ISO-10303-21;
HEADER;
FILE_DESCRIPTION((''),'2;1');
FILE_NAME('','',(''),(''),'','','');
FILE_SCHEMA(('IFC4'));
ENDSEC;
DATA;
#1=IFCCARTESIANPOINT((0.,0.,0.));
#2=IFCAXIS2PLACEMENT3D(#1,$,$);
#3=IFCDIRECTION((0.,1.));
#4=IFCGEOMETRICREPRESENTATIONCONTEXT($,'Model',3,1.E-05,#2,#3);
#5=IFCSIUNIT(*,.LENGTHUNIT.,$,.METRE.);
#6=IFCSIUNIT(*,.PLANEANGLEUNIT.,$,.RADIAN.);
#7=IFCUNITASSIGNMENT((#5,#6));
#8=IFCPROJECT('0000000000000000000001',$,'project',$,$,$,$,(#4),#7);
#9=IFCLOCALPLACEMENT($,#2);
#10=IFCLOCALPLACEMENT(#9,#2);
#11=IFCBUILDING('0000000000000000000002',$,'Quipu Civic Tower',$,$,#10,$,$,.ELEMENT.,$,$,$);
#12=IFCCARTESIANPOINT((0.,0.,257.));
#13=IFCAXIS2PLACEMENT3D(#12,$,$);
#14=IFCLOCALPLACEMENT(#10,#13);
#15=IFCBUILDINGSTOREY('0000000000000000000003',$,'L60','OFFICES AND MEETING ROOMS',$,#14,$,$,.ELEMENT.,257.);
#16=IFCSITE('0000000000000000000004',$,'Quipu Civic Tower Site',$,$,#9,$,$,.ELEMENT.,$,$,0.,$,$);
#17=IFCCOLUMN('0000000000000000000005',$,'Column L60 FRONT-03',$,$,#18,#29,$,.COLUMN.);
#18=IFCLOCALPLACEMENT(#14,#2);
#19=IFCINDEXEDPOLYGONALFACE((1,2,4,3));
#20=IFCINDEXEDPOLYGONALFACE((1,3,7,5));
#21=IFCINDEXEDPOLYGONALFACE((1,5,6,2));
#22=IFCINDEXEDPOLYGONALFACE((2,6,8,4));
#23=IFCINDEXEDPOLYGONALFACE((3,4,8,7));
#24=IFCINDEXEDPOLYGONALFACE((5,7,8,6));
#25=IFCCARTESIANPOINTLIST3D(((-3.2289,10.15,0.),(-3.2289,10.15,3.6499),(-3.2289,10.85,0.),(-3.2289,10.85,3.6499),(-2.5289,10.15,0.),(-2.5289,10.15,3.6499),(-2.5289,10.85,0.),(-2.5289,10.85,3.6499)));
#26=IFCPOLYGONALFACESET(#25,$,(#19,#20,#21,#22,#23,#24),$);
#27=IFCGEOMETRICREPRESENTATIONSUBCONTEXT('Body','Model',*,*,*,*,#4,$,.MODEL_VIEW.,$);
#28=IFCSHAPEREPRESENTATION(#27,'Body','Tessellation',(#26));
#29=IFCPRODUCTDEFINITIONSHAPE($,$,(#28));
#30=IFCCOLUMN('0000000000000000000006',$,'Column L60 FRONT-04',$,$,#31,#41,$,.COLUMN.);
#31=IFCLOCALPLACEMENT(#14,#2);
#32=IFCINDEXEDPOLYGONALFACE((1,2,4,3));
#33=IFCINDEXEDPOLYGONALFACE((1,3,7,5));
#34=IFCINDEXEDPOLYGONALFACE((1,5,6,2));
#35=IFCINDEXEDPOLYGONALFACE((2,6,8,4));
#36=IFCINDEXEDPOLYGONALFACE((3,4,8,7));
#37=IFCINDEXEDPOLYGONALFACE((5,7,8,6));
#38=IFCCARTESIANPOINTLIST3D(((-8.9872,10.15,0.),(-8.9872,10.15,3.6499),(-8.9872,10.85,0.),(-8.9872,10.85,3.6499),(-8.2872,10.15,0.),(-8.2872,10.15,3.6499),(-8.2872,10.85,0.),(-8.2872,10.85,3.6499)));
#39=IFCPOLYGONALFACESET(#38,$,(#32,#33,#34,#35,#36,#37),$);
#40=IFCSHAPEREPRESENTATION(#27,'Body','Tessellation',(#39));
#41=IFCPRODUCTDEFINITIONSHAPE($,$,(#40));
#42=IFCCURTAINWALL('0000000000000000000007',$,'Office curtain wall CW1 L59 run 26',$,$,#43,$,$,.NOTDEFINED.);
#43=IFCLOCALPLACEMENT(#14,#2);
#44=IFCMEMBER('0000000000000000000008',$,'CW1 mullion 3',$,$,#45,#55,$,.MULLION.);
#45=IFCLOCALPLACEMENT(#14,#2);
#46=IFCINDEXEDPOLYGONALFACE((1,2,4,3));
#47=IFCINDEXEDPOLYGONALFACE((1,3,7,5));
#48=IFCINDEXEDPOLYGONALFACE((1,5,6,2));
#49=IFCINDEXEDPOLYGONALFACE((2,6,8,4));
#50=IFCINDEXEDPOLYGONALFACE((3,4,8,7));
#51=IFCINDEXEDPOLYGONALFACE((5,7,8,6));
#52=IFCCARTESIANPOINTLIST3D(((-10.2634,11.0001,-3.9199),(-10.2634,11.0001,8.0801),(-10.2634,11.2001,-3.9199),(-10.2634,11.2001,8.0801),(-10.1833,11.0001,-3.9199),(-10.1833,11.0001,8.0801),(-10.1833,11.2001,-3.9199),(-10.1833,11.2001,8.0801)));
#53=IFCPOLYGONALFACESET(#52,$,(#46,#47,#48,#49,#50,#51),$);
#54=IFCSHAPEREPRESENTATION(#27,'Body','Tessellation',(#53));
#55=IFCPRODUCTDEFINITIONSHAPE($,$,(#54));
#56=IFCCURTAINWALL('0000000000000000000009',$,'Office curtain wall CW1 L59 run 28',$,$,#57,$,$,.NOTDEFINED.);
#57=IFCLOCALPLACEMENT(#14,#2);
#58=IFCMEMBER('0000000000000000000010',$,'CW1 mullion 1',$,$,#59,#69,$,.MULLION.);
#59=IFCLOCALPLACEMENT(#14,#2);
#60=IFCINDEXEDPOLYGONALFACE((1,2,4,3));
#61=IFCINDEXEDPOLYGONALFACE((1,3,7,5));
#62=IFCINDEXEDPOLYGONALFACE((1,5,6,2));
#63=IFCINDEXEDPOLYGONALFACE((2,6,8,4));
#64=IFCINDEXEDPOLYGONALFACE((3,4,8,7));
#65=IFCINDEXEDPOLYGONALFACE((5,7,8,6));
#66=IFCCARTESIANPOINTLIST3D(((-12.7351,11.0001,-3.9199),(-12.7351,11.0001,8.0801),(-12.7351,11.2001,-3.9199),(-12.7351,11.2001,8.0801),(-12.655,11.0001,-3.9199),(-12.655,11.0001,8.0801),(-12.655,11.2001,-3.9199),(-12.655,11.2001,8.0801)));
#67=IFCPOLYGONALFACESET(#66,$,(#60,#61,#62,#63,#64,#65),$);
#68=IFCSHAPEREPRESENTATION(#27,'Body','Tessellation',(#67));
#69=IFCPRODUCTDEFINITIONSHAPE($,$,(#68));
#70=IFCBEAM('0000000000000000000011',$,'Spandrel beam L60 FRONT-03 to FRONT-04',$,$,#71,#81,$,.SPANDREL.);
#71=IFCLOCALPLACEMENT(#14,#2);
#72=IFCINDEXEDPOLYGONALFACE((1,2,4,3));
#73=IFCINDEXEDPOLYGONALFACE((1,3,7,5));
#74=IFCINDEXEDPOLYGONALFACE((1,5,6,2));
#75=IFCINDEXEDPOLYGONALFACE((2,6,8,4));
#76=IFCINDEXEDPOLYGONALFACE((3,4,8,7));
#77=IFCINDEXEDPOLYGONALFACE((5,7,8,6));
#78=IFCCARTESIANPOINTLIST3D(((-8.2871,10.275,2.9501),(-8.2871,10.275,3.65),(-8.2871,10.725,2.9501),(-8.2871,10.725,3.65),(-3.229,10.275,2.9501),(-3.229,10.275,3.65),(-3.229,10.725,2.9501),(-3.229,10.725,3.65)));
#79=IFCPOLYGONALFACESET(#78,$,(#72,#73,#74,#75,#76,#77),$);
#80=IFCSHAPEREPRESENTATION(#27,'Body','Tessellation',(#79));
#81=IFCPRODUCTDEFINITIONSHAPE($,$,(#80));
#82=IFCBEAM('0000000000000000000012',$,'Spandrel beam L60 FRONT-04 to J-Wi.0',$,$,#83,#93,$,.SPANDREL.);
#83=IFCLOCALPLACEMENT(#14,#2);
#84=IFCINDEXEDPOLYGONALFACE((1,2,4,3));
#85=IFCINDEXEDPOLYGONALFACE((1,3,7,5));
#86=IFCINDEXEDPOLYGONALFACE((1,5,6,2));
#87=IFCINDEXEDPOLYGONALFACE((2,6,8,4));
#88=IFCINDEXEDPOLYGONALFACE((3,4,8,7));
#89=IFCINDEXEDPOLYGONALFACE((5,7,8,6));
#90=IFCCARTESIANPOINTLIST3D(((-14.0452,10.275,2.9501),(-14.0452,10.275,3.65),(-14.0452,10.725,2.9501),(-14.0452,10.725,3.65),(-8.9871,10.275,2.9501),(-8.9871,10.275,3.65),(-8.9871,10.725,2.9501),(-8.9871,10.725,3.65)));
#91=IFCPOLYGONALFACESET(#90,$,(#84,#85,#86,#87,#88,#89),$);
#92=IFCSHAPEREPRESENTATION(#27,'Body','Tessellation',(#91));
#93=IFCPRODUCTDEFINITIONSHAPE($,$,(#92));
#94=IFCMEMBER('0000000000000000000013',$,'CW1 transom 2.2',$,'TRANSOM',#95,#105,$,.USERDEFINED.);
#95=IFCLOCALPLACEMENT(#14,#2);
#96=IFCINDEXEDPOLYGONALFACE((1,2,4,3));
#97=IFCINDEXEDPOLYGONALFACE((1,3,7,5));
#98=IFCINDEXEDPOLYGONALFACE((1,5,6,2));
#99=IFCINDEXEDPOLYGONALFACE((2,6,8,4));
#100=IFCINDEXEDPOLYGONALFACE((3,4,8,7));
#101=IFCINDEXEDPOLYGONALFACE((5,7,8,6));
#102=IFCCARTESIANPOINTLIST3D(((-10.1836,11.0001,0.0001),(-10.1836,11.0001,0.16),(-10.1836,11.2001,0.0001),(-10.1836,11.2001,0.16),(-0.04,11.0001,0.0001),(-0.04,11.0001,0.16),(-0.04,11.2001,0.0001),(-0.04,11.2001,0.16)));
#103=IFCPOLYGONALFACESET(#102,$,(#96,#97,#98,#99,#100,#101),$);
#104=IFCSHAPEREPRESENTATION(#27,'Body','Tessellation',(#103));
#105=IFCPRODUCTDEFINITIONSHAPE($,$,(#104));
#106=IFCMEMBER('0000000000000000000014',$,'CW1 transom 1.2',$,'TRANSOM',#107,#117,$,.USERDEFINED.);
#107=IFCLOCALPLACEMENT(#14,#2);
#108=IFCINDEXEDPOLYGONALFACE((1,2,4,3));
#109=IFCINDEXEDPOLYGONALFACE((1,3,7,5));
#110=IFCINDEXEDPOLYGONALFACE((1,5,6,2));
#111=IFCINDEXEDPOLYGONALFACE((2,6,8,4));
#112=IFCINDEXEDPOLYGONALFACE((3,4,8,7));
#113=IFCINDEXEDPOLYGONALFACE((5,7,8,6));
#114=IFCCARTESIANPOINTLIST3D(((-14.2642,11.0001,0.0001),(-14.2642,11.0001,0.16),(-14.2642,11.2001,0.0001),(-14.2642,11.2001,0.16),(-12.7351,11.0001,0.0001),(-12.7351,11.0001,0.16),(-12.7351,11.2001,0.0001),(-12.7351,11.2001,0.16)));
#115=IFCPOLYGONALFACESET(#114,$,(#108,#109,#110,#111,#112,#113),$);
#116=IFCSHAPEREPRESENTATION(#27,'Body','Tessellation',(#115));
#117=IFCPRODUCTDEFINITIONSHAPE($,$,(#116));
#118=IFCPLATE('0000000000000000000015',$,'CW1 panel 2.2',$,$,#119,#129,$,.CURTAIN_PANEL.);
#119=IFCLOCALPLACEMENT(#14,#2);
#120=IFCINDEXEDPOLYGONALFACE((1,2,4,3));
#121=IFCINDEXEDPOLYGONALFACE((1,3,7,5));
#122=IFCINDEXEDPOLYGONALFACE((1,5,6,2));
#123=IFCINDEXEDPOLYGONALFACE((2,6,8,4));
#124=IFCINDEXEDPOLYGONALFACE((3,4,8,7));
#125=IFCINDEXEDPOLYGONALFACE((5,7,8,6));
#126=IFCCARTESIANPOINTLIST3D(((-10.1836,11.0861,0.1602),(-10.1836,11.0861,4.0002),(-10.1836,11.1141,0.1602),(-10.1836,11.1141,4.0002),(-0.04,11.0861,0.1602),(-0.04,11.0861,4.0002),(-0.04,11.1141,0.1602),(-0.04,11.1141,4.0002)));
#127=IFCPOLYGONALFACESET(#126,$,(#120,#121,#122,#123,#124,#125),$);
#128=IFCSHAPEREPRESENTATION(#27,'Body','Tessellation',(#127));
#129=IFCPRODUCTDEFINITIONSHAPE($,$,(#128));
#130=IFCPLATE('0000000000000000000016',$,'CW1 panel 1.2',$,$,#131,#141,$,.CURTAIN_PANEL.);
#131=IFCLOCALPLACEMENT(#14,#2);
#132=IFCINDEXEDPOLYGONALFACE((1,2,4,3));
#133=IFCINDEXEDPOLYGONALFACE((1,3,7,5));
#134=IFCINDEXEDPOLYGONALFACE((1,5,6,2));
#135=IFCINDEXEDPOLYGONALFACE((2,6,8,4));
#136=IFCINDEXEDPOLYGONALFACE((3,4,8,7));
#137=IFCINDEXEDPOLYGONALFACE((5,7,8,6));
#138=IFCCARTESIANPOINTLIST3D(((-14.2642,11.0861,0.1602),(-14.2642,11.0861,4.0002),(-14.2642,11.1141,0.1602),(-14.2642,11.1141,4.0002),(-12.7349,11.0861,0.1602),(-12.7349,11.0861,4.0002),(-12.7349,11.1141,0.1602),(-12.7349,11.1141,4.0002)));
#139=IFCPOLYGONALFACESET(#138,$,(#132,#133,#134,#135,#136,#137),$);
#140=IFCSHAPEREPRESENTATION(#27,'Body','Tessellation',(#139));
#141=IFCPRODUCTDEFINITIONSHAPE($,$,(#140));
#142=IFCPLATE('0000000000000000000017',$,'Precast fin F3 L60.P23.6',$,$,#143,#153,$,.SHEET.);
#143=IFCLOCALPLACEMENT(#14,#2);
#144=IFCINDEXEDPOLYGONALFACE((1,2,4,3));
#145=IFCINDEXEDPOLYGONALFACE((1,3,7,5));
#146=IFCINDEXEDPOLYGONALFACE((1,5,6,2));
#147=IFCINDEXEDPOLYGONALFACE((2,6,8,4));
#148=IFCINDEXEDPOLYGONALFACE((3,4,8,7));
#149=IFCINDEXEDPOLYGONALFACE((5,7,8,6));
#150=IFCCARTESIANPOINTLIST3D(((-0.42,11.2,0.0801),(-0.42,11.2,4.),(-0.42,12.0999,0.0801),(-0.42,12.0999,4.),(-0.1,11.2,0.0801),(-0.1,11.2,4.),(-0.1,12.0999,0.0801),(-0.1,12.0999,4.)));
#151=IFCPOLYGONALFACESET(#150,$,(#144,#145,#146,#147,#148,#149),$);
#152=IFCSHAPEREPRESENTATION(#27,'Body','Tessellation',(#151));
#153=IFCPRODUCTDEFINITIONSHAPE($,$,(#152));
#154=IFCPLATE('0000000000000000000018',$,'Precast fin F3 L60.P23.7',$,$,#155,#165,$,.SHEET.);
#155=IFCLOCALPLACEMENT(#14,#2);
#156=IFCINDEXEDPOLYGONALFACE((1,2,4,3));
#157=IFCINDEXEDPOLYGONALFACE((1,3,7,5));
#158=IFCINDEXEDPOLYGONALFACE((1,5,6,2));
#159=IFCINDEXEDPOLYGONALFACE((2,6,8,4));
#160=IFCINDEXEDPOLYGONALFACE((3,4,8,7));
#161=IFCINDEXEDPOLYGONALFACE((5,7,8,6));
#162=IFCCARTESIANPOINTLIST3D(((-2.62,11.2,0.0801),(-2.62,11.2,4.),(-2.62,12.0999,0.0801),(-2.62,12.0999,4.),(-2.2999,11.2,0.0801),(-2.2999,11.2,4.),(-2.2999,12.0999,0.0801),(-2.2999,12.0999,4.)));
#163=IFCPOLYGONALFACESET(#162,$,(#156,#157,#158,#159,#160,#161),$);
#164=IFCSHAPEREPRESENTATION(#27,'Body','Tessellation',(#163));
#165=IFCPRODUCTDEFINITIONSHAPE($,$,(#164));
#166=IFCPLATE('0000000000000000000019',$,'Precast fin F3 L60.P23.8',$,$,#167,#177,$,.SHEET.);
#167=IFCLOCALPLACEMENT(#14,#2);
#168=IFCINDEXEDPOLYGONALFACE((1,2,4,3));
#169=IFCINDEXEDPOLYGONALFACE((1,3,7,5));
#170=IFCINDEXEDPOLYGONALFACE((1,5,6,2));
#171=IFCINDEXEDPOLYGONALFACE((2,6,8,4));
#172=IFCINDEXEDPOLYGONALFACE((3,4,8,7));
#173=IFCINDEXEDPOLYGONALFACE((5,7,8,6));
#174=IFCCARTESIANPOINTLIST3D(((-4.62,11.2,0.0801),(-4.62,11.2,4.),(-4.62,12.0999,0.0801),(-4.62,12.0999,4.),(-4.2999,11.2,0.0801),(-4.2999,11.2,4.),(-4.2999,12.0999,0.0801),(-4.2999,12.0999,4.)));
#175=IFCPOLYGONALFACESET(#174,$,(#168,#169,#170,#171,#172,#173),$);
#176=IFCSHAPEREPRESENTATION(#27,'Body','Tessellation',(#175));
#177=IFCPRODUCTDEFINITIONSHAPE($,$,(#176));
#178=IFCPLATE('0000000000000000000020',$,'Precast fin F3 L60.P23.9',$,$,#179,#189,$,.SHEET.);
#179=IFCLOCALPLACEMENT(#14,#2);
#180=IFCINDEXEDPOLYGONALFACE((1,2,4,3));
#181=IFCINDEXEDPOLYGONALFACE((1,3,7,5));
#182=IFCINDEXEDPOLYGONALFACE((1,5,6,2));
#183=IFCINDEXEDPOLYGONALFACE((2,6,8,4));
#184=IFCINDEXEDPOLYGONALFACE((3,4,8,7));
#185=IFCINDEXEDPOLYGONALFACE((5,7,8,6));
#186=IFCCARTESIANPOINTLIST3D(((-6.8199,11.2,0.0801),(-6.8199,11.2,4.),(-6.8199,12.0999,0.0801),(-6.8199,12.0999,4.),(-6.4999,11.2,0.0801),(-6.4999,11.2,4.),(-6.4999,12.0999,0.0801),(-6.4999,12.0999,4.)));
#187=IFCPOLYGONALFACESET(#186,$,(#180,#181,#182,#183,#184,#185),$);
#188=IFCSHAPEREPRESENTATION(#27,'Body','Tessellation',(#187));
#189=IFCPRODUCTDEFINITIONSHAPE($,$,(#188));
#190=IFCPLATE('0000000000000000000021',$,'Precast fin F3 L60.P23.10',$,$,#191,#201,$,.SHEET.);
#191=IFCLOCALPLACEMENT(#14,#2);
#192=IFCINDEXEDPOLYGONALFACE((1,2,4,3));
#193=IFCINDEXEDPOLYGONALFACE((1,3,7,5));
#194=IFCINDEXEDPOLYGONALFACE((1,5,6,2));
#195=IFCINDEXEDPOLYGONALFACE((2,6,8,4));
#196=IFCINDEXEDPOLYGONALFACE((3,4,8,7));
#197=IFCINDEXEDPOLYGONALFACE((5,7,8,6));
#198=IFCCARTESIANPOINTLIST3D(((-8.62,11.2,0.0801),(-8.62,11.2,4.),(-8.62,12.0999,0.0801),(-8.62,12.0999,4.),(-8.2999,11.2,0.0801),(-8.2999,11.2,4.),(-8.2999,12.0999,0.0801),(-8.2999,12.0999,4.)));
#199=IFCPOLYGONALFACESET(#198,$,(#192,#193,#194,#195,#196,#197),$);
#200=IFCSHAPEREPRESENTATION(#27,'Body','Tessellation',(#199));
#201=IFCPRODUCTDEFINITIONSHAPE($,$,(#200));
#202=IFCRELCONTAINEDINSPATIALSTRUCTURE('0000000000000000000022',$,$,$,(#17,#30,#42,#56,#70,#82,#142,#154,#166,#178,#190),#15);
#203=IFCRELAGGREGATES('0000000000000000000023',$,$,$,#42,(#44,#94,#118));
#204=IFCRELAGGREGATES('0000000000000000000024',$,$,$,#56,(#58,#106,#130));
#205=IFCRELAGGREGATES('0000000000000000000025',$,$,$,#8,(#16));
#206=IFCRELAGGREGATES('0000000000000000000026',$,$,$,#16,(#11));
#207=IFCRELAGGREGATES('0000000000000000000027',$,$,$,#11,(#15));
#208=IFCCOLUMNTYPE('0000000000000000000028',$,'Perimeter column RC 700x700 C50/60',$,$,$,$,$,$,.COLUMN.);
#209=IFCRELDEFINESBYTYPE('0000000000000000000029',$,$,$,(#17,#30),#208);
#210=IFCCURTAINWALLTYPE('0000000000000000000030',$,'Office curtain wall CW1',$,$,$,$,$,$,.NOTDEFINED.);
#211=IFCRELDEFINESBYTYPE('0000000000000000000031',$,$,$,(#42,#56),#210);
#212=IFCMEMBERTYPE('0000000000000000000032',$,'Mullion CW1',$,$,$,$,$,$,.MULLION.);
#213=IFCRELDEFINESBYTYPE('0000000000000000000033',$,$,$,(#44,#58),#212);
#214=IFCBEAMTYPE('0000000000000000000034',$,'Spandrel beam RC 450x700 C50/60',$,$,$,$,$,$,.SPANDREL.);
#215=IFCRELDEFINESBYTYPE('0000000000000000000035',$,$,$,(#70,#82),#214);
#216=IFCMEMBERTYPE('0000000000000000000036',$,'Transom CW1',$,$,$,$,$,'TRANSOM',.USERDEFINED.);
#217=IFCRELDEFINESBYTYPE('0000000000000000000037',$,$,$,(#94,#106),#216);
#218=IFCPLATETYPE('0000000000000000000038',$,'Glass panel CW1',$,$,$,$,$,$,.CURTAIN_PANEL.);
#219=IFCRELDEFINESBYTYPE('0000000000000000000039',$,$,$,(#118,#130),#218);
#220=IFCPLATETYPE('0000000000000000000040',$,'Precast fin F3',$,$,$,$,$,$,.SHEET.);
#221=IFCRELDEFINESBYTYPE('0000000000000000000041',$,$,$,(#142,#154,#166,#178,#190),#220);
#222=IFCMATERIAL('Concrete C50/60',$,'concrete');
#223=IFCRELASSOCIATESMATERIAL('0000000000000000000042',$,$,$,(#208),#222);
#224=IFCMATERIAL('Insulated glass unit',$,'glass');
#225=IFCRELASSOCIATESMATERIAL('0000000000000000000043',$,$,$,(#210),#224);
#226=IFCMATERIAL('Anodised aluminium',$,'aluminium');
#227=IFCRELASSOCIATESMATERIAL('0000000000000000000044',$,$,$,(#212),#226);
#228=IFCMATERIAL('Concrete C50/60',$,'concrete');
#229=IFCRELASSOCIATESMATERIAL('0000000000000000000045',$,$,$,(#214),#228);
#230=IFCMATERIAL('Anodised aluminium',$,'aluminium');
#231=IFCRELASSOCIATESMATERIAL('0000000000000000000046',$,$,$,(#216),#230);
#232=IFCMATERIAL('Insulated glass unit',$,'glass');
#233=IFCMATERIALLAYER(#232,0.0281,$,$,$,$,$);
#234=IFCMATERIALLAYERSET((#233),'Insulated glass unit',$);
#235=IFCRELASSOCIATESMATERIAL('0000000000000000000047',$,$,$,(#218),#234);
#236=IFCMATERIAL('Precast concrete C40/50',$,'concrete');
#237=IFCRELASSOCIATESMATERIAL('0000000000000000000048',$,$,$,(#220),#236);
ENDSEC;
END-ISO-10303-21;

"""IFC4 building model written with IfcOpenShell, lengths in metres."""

from ifc_helpers import new_model, si_unit, direction, frame, origin, origin_2d, place, context, subcontext, project, spatial, rectangle, extrude, material, layer, layer_set, material_profile, profile_set, type_object, element, aggregate, save


model = new_model("IFC4")

# Units and contexts
model_context = context("Model", 3, precision=1e-05, world=origin(), true_north=direction((0.0, 1.0)))
body_context = subcontext(model_context, "Body", "Model", "MODEL_VIEW")
ifc_project = project(units=[si_unit("LENGTHUNIT", "METRE"), si_unit("PLANEANGLEUNIT", "RADIAN")], contexts=[model_context])

# Site, building, storey
site_placement = place(None, origin())
site = spatial("IfcSite", under=ifc_project, at=site_placement, Name="Quipu Civic Tower Site", CompositionType="ELEMENT", RefElevation=0.0)
building_placement = place(site_placement, origin())
building = spatial("IfcBuilding", under=site, at=building_placement, Name="Quipu Civic Tower", CompositionType="ELEMENT")
storey_placement = place(building_placement, frame((0.0, 0.0, 257.0)))
storey = spatial("IfcBuildingStorey", under=building, at=storey_placement, Name="L60", Description="OFFICES AND MEETING ROOMS", CompositionType="ELEMENT", Elevation=257.0)

# Columns
ifc_material_1 = material(Name="Concrete C50/60", Category="concrete")
ifc_material_profile_1 = material_profile(ifc_material_1, rectangle(XDim=0.7, YDim=0.7, at=origin_2d()), Name="RC700x700")
ifc_profile_set_1 = profile_set([ifc_material_profile_1], Name="Concrete C50/60")
column_type = type_object("IfcColumnType", Name="Perimeter column RC 700x700 C50/60", PredefinedType="COLUMN", material=ifc_profile_set_1)
for number, where, z_axis, x_axis, name in (
    (1, (-2.8789, 10.5, 0.0), (0.0, 0.0, 1.0), (-1.0, 0.0, 0.0), "Column L60 FRONT-03"),
    (2, (-8.6372, 10.5, 0.0), (0.0, 0.0, 1.0), (-1.0, 0.0, 0.0), "Column L60 FRONT-04"),
):
    element("IfcColumn", number, at=place(storey_placement, frame(where, z_axis=z_axis, x_axis=x_axis)), inside=storey, type_object=column_type, Name=name, PredefinedType="COLUMN", context=body_context, shape_type="SweptSolid", body=[
        extrude(rectangle(XDim=0.7, YDim=0.7, at=origin_2d()), origin(), (0.0, 0.0, 1.0), 3.6499),
    ])

# Curtain walls, members
ifc_material_2 = material(Name="Insulated glass unit", Category="glass")
curtain_wall_type = type_object("IfcCurtainWallType", Name="Office curtain wall CW1", PredefinedType="NOTDEFINED", material=ifc_material_2)
curtain_wall_1_placement = place(storey_placement, origin())
curtain_wall_1 = element("IfcCurtainWall", 3, at=curtain_wall_1_placement, inside=storey, type_object=curtain_wall_type, Name="Office curtain wall CW1 L59 run 26", PredefinedType="NOTDEFINED")
ifc_material_3 = material(Name="Anodised aluminium", Category="aluminium")
ifc_material_profile_2 = material_profile(ifc_material_3, rectangle(XDim=0.2, YDim=0.0801, at=origin_2d()), Name="RECT 200x80")
ifc_profile_set_2 = profile_set([ifc_material_profile_2], Name="Anodised aluminium")
member_type_1 = type_object("IfcMemberType", Name="Mullion CW1", PredefinedType="MULLION", material=ifc_profile_set_2)
member_1_placement = place(storey_placement, frame((-10.2234, 11.1001, -3.9199), z_axis=(0.0, 0.0, 1.0), x_axis=(0.0, -1.0, 0.0)))
member_1 = element("IfcMember", 4, at=member_1_placement, type_object=member_type_1, Name="CW1 mullion 3", PredefinedType="MULLION", context=body_context, shape_type="SweptSolid", body=[
    extrude(rectangle(XDim=0.2, YDim=0.0801, at=origin_2d()), origin(), (0.0, 0.0, 1.0), 12.0),
])
curtain_wall_2_placement = place(storey_placement, origin())
curtain_wall_2 = element("IfcCurtainWall", 5, at=curtain_wall_2_placement, inside=storey, type_object=curtain_wall_type, Name="Office curtain wall CW1 L59 run 28", PredefinedType="NOTDEFINED")
member_2_placement = place(storey_placement, frame((-12.6951, 11.1001, -3.9199), z_axis=(0.0, 0.0, 1.0), x_axis=(0.0, -1.0, 0.0)))
member_2 = element("IfcMember", 6, at=member_2_placement, type_object=member_type_1, Name="CW1 mullion 1", PredefinedType="MULLION", context=body_context, shape_type="SweptSolid", body=[
    extrude(rectangle(XDim=0.2, YDim=0.0801, at=origin_2d()), origin(), (0.0, 0.0, 1.0), 12.0),
])

# Beams
ifc_material_4 = material(Name="Concrete C50/60", Category="concrete")
ifc_material_profile_3 = material_profile(ifc_material_4, rectangle(XDim=0.45, YDim=0.7, at=origin_2d()), Name="RC450x700")
ifc_profile_set_3 = profile_set([ifc_material_profile_3], Name="Concrete C50/60")
beam_type = type_object("IfcBeamType", Name="Spandrel beam RC 450x700 C50/60", PredefinedType="SPANDREL", material=ifc_profile_set_3)
for number, where, z_axis, x_axis, name in (
    (7, (-3.229, 10.5, 3.3), (-1.0, 0.0, 0.0), (0.0, -1.0, 0.0), "Spandrel beam L60 FRONT-03 to FRONT-04"),
    (8, (-8.9871, 10.5, 3.3), (-1.0, 0.0, 0.0), (0.0, -1.0, 0.0), "Spandrel beam L60 FRONT-04 to J-Wi.0"),
):
    element("IfcBeam", number, at=place(storey_placement, frame(where, z_axis=z_axis, x_axis=x_axis)), inside=storey, type_object=beam_type, Name=name, PredefinedType="SPANDREL", context=body_context, shape_type="SweptSolid", body=[
        extrude(rectangle(XDim=0.45, YDim=0.7, at=origin_2d()), origin(), (0.0, 0.0, 1.0), 5.0581),
    ])

# Members
ifc_material_5 = material(Name="Anodised aluminium", Category="aluminium")
ifc_material_profile_4 = material_profile(ifc_material_5, rectangle(XDim=0.2, YDim=0.1599, at=origin_2d()), Name="RECT 200x160")
ifc_profile_set_4 = profile_set([ifc_material_profile_4], Name="Anodised aluminium")
member_type_2 = type_object("IfcMemberType", Name="Transom CW1", ElementType="TRANSOM", PredefinedType="USERDEFINED", material=ifc_profile_set_4)
member_3_placement = place(storey_placement, frame((-0.04, 11.1001, 0.0801), z_axis=(-1.0, 0.0, 0.0), x_axis=(0.0, -1.0, 0.0)))
member_3 = element("IfcMember", 9, at=member_3_placement, type_object=member_type_2, Name="CW1 transom 2.2", ObjectType="TRANSOM", PredefinedType="USERDEFINED", context=body_context, shape_type="SweptSolid", body=[
    extrude(rectangle(XDim=0.2, YDim=0.1599, at=origin_2d()), origin(), (0.0, 0.0, 1.0), 10.1436),
])
member_4_placement = place(storey_placement, frame((-12.7351, 11.1001, 0.0801), z_axis=(-1.0, 0.0, 0.0), x_axis=(0.0, -1.0, 0.0)))
member_4 = element("IfcMember", 10, at=member_4_placement, type_object=member_type_2, Name="CW1 transom 1.2", ObjectType="TRANSOM", PredefinedType="USERDEFINED", context=body_context, shape_type="SweptSolid", body=[
    extrude(rectangle(XDim=0.2, YDim=0.1599, at=origin_2d()), origin(), (0.0, 0.0, 1.0), 1.5291),
])

# Plates
ifc_material_6 = material(Name="Insulated glass unit", Category="glass")
ifc_layer_1 = layer(ifc_material_6, 0.0281)
ifc_layer_set_1 = layer_set([ifc_layer_1], Name="Insulated glass unit")
plate_type_1 = type_object("IfcPlateType", Name="Glass panel CW1", PredefinedType="CURTAIN_PANEL", material=ifc_layer_set_1)
plate_1_placement = place(storey_placement, frame((-5.1118, 11.1001, 0.1602), z_axis=(0.0, 0.0, 1.0), x_axis=(-1.0, 0.0, 0.0)))
plate_1 = element("IfcPlate", 11, at=plate_1_placement, type_object=plate_type_1, Name="CW1 panel 2.2", PredefinedType="CURTAIN_PANEL", context=body_context, shape_type="SweptSolid", body=[
    extrude(rectangle(XDim=10.1436, YDim=0.0281, at=origin_2d()), origin(), (0.0, 0.0, 1.0), 3.8401),
])
aggregate(curtain_wall_1, [member_1, member_3, plate_1])
plate_2_placement = place(storey_placement, frame((-13.4995, 11.1001, 0.1602), z_axis=(0.0, 0.0, 1.0), x_axis=(-1.0, 0.0, 0.0)))
plate_2 = element("IfcPlate", 12, at=plate_2_placement, type_object=plate_type_1, Name="CW1 panel 1.2", PredefinedType="CURTAIN_PANEL", context=body_context, shape_type="SweptSolid", body=[
    extrude(rectangle(XDim=1.5293, YDim=0.0281, at=origin_2d()), origin(), (0.0, 0.0, 1.0), 3.8401),
])
aggregate(curtain_wall_2, [member_2, member_4, plate_2])

# Plates
ifc_material_7 = material(Name="Precast concrete C40/50", Category="concrete")
plate_type_2 = type_object("IfcPlateType", Name="Precast fin F3", PredefinedType="SHEET", material=ifc_material_7)
for number, where, z_axis, x_axis, name in (
    (13, (-0.26, 11.6499, 0.0801), (0.0, 0.0, 1.0), (-1.0, 0.0, 0.0), "Precast fin F3 L60.P23.6"),
    (14, (-2.46, 11.6499, 0.0801), (0.0, 0.0, 1.0), (-1.0, 0.0, 0.0), "Precast fin F3 L60.P23.7"),
    (15, (-4.46, 11.6499, 0.0801), (0.0, 0.0, 1.0), (-1.0, 0.0, 0.0), "Precast fin F3 L60.P23.8"),
    (16, (-6.6599, 11.6499, 0.0801), (0.0, 0.0, 1.0), (-1.0, 0.0, 0.0), "Precast fin F3 L60.P23.9"),
    (17, (-8.46, 11.6499, 0.0801), (0.0, 0.0, 1.0), (-1.0, 0.0, 0.0), "Precast fin F3 L60.P23.10"),
):
    element("IfcPlate", number, at=place(storey_placement, frame(where, z_axis=z_axis, x_axis=x_axis)), inside=storey, type_object=plate_type_2, Name=name, PredefinedType="SHEET", context=body_context, shape_type="SweptSolid", body=[
        extrude(rectangle(XDim=0.3201, YDim=0.8999, at=origin_2d()), origin(), (0.0, 0.0, 1.0), 3.9199),
    ])

save(model, "model.ifc")
